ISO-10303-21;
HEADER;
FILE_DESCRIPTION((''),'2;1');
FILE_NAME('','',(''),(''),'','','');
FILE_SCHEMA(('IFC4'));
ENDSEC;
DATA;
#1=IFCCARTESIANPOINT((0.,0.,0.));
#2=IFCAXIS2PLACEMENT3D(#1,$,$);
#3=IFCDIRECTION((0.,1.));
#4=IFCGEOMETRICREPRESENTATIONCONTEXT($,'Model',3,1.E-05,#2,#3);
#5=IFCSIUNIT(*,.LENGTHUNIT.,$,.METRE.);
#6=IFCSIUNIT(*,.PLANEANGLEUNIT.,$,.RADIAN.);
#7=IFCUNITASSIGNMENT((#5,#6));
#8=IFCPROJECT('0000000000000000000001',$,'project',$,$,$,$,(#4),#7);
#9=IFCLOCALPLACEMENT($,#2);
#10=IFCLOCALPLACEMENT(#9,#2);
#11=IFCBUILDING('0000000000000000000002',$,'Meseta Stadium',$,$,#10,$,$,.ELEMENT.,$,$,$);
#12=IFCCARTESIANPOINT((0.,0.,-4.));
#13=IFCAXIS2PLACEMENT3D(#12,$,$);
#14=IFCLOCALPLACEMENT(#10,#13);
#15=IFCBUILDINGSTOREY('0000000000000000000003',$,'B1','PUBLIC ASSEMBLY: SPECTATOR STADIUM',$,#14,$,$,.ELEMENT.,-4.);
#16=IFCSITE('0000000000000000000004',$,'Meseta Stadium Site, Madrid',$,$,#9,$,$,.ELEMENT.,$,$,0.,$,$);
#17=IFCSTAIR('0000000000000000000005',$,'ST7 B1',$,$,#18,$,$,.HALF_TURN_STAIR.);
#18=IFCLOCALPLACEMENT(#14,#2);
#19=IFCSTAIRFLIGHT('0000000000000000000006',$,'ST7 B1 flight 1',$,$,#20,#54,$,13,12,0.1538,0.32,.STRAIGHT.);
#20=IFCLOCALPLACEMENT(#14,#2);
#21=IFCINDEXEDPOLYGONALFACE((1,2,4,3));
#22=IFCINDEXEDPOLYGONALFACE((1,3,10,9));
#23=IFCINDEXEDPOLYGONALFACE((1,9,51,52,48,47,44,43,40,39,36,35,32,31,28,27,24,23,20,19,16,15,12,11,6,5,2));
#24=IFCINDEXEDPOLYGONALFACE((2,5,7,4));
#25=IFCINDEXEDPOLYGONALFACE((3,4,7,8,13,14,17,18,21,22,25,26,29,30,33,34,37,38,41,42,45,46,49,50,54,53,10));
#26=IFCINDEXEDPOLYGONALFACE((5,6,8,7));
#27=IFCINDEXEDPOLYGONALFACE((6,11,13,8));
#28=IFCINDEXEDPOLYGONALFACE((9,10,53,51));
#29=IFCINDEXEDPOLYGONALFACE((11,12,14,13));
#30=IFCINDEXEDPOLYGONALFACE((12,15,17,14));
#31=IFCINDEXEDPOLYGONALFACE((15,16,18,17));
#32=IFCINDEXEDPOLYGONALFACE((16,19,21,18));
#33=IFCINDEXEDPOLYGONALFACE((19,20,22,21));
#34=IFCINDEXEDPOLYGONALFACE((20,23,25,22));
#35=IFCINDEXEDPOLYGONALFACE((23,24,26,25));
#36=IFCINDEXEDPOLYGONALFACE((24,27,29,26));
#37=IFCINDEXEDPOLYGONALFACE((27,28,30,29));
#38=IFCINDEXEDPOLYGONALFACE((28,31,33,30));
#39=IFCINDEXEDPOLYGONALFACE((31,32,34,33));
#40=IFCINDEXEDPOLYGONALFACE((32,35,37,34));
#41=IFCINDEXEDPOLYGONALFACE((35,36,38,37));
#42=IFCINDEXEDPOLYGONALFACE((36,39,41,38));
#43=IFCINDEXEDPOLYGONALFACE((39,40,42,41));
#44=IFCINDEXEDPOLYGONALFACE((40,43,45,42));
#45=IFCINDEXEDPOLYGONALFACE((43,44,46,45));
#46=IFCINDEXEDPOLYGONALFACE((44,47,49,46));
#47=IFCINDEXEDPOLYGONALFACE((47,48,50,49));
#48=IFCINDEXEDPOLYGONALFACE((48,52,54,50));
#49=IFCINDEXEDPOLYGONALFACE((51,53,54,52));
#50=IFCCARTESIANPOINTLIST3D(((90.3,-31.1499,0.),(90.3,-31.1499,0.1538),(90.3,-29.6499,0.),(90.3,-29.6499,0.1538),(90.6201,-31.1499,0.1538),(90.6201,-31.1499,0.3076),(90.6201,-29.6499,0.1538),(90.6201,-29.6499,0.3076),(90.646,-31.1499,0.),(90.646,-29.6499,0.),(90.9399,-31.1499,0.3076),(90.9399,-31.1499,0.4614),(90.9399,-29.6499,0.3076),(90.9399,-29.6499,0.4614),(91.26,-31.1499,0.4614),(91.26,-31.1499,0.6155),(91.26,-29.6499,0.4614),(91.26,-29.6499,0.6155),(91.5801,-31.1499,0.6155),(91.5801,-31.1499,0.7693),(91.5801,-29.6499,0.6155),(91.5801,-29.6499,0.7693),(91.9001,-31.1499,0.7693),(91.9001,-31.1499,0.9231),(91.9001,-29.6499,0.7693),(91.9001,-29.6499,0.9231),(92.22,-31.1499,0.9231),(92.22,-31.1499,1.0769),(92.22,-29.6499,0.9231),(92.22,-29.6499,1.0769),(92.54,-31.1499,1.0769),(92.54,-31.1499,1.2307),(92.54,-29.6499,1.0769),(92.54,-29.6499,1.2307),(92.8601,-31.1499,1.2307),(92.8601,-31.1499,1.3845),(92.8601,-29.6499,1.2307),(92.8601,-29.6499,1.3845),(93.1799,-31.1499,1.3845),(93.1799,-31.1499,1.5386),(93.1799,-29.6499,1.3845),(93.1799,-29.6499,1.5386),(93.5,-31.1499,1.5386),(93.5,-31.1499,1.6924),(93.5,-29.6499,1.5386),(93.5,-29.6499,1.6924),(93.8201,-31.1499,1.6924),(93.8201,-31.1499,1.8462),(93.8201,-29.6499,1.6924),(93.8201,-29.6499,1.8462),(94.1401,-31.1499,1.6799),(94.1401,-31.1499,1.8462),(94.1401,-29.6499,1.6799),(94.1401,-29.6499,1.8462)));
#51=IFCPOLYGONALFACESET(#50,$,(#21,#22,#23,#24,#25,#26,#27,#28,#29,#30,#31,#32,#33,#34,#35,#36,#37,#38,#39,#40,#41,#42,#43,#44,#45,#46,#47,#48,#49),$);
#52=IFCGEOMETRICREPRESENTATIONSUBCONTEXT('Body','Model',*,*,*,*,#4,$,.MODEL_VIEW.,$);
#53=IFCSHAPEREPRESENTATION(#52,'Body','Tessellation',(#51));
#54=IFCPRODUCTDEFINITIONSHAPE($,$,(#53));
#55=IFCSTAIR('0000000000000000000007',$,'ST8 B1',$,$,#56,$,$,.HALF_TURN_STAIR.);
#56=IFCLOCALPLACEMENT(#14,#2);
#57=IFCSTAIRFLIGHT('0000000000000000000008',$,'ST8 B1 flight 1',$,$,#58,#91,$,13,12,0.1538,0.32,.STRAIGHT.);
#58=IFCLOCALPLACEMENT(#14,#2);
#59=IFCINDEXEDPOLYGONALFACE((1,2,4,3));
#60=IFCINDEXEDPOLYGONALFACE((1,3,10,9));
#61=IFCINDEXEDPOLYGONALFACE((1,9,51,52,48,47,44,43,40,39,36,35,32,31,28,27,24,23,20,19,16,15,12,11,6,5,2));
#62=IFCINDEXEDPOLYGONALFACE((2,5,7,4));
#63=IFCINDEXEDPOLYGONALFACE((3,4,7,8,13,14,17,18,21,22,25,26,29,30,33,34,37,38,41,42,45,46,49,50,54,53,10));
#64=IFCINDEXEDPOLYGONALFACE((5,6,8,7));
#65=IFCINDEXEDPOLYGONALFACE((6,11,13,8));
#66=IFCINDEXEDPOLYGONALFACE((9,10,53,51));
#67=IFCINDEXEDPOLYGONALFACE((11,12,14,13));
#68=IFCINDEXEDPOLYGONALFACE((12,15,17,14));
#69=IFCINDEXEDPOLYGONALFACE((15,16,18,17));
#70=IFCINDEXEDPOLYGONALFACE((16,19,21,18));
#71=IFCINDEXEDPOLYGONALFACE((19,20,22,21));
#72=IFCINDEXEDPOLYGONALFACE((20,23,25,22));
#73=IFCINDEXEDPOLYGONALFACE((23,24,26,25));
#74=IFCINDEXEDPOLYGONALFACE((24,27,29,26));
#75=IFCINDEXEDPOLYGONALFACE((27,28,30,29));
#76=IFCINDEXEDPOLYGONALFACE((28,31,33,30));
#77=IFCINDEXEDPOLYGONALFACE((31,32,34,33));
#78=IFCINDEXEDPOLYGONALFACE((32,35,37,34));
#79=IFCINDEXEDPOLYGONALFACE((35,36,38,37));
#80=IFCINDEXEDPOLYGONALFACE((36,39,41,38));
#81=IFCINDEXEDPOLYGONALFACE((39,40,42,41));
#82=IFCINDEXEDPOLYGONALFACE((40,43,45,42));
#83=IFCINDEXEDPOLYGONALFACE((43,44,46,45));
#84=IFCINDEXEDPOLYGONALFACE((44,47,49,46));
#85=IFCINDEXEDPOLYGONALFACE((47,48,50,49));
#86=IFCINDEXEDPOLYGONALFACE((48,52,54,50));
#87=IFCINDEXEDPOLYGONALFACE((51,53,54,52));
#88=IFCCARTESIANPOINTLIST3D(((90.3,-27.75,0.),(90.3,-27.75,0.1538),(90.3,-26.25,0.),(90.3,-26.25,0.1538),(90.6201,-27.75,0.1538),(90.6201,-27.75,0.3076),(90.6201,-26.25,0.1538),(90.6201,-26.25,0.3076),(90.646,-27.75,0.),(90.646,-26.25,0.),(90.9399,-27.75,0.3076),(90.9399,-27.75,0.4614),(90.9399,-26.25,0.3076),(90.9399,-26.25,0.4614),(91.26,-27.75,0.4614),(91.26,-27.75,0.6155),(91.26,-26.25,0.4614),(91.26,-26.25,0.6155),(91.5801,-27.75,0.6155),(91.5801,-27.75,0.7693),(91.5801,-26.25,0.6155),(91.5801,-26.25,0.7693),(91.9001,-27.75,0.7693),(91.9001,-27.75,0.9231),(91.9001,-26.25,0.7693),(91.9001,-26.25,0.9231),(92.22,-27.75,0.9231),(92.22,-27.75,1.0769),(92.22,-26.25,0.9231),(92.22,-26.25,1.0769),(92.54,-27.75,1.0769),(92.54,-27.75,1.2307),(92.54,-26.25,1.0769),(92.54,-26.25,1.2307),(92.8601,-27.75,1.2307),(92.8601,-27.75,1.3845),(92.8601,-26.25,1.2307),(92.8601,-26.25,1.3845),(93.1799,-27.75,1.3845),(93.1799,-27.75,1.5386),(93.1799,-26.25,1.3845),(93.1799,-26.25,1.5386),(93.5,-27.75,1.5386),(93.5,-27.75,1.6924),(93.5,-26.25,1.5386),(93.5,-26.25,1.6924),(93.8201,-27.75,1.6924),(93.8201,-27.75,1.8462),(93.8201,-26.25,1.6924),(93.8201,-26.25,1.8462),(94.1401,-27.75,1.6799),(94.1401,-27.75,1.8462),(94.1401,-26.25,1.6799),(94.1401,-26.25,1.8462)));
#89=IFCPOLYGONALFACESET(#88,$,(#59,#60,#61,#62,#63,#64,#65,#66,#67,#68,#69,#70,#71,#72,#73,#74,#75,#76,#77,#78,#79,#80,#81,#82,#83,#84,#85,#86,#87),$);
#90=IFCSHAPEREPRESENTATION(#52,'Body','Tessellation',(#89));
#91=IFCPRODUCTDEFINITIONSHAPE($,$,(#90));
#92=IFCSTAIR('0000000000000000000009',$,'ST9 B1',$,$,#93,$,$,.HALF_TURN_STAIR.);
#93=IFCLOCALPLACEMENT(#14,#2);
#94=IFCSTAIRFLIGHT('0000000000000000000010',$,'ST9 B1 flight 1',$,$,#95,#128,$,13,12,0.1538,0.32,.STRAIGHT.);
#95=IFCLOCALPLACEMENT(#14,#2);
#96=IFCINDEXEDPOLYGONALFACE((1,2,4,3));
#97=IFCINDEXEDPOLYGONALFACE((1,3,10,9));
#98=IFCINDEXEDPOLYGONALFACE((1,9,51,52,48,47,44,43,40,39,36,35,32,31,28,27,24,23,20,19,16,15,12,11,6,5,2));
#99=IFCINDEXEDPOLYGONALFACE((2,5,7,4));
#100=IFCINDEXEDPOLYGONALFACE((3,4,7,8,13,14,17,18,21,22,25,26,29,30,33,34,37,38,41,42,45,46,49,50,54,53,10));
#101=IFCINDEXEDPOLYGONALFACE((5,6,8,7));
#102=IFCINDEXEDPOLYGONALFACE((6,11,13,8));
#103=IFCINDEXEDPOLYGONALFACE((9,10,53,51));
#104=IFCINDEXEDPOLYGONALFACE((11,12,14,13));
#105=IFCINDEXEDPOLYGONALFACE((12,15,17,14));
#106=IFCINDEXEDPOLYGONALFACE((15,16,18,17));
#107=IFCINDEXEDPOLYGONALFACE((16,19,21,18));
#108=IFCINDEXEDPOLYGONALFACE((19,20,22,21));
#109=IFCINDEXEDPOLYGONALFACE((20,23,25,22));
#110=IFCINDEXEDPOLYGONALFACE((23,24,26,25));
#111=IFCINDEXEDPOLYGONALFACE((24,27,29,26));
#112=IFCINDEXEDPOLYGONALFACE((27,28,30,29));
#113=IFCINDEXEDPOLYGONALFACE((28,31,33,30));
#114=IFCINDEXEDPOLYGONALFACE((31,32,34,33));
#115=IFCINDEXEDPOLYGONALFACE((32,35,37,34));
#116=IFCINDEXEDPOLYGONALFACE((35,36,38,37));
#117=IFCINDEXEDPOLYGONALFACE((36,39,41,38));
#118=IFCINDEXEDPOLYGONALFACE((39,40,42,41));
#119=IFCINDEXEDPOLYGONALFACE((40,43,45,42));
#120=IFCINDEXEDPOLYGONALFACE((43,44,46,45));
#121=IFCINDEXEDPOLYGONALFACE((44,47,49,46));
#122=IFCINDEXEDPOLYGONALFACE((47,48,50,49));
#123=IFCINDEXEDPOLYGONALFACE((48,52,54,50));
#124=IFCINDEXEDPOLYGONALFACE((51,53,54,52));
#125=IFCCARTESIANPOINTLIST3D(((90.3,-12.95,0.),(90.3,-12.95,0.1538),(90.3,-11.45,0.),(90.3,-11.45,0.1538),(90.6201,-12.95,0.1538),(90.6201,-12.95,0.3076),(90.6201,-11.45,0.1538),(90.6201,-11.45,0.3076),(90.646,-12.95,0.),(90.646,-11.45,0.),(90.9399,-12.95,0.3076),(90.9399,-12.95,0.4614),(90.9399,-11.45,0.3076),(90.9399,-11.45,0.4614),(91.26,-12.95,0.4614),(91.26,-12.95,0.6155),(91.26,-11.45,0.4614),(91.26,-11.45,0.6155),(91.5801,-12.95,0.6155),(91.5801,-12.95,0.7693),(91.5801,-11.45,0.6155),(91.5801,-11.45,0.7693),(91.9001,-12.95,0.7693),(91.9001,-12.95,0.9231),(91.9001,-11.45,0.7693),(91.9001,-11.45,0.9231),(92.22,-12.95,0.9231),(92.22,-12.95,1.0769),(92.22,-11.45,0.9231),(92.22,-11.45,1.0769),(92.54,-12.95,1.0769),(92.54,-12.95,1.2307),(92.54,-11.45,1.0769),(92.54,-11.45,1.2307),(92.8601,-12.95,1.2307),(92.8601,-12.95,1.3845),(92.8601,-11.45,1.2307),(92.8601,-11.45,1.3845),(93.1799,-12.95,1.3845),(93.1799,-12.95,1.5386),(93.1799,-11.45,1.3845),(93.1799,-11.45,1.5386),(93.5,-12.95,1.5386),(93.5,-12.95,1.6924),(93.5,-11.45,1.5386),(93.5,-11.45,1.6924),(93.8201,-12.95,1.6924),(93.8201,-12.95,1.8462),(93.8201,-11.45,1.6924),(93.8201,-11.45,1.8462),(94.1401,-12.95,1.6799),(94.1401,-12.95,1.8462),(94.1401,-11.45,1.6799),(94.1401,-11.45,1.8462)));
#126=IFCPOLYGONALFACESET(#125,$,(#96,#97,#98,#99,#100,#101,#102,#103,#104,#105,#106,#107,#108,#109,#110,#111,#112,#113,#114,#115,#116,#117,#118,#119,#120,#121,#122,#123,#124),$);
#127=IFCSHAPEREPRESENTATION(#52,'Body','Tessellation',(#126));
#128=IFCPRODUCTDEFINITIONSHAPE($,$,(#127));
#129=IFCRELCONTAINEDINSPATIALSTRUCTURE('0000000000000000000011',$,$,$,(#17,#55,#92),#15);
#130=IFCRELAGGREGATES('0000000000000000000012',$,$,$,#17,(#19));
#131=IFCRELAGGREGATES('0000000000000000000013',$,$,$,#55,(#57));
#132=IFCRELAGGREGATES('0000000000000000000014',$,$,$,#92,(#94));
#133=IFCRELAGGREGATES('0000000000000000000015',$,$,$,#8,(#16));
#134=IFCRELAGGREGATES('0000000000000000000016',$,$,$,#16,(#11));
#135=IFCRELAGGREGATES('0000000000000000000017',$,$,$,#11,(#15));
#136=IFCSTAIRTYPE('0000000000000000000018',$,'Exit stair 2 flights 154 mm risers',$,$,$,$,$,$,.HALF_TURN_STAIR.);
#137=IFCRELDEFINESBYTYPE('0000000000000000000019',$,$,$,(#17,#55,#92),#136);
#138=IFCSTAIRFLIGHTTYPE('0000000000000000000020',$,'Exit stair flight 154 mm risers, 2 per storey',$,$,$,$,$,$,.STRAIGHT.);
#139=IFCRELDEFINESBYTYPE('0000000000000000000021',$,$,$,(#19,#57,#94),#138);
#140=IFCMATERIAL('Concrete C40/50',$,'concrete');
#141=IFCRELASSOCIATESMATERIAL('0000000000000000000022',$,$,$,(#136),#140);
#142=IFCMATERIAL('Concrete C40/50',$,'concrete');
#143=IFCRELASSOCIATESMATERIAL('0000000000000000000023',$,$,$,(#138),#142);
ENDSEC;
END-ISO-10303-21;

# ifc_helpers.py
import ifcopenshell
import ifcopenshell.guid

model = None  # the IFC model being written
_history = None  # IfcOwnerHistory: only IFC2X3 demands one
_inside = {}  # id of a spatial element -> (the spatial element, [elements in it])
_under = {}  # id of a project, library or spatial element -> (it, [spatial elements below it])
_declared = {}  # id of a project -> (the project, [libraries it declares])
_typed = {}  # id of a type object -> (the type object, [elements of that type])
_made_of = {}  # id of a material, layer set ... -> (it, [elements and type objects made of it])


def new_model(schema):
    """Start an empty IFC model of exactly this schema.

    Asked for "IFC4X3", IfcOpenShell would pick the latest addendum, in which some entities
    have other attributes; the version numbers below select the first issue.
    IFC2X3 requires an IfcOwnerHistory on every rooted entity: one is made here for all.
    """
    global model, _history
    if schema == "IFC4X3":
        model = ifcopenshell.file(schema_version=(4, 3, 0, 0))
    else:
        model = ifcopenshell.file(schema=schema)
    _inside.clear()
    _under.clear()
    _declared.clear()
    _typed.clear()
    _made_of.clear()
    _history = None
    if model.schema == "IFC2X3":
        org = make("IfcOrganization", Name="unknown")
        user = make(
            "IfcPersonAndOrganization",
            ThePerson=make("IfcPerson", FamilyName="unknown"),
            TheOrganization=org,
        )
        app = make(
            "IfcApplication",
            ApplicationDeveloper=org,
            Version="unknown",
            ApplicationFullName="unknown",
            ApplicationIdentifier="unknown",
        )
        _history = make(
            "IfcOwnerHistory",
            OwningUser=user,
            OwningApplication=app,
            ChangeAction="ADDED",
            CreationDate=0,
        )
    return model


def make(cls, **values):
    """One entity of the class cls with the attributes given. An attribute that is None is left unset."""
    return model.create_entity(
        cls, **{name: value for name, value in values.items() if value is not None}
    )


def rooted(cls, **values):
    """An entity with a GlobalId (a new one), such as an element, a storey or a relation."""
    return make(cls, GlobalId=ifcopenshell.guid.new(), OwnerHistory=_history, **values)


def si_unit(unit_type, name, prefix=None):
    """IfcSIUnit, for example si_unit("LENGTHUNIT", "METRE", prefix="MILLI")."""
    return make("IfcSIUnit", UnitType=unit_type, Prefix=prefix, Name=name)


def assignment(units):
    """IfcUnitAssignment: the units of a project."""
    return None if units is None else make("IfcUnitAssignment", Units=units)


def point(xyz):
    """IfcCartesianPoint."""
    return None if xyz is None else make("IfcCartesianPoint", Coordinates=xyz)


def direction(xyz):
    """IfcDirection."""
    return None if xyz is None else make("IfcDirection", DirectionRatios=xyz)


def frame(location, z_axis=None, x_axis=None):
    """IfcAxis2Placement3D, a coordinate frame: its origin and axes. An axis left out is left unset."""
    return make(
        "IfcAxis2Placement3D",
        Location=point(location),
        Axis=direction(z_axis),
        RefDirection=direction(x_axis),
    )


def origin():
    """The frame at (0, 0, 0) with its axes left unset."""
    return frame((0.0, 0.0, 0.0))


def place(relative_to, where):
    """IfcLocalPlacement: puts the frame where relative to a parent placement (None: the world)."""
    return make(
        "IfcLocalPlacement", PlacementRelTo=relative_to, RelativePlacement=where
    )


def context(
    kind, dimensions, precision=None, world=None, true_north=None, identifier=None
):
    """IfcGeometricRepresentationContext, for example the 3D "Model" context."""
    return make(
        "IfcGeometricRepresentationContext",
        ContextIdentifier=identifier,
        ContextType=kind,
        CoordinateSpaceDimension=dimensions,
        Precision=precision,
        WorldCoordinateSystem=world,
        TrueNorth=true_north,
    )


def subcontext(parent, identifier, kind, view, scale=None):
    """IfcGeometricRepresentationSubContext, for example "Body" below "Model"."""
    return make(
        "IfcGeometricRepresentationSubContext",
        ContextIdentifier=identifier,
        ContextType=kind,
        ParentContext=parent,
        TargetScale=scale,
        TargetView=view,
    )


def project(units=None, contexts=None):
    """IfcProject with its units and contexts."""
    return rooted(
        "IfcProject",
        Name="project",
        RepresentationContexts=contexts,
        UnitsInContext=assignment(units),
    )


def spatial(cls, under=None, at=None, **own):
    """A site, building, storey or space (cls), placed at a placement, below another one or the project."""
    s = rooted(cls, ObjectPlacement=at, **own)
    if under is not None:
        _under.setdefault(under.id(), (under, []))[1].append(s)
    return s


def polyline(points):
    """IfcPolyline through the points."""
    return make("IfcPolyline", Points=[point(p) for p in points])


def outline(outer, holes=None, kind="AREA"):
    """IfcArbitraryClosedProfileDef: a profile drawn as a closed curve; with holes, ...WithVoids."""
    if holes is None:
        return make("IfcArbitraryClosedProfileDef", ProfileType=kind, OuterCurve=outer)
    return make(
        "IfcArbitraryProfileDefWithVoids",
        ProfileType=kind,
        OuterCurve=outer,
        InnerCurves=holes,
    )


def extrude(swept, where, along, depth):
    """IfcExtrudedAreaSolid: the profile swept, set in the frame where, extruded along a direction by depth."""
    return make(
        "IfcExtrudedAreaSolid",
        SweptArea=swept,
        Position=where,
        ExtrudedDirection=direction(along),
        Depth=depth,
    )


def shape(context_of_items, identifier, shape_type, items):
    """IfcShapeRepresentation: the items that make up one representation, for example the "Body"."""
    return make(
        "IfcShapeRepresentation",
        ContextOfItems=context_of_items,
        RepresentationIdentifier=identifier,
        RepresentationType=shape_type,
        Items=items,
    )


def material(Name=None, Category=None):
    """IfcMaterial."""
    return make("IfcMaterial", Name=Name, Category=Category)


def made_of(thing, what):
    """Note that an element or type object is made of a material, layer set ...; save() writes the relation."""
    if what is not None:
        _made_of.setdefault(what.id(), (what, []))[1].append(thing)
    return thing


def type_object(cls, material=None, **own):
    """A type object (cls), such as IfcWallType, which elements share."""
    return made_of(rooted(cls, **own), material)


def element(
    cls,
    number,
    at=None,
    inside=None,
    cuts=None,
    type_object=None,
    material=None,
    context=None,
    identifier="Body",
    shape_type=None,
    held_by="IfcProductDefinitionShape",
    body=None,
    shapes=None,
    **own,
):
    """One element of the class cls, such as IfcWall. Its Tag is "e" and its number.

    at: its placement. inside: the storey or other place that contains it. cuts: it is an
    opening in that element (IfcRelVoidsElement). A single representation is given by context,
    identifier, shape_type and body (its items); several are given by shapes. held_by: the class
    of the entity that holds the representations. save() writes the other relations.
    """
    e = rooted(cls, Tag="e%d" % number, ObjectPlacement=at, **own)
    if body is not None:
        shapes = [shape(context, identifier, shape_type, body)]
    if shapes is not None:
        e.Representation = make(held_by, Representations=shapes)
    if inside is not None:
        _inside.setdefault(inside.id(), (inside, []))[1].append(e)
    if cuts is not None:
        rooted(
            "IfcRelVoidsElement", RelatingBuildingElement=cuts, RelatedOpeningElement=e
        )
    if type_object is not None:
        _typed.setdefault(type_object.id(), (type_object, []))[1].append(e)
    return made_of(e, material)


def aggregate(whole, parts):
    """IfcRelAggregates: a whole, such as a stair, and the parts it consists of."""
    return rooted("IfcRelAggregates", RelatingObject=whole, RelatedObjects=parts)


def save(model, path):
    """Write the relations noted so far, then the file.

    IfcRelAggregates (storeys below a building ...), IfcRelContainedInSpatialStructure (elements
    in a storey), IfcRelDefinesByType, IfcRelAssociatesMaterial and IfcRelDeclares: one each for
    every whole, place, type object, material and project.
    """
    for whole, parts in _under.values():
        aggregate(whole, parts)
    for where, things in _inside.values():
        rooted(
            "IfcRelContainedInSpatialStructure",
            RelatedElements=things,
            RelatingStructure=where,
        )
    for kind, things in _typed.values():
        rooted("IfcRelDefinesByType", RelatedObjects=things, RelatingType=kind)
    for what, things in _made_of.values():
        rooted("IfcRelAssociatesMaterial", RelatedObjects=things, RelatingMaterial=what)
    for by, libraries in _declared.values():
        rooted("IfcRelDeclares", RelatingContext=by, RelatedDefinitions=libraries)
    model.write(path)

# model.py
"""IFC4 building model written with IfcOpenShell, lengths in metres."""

from ifc_helpers import new_model, si_unit, direction, frame, origin, place, context, subcontext, project, spatial, polyline, outline, extrude, material, type_object, element, aggregate, save


model = new_model("IFC4")

# Units and contexts
model_context = context("Model", 3, precision=1e-05, world=origin(), true_north=direction((0.0, 1.0)))
body_context = subcontext(model_context, "Body", "Model", "MODEL_VIEW")
ifc_project = project(units=[si_unit("LENGTHUNIT", "METRE"), si_unit("PLANEANGLEUNIT", "RADIAN")], contexts=[model_context])

# Site, building, storey
site_placement = place(None, origin())
site = spatial("IfcSite", under=ifc_project, at=site_placement, Name="Meseta Stadium Site, Madrid", CompositionType="ELEMENT", RefElevation=0.0)
building_placement = place(site_placement, origin())
building = spatial("IfcBuilding", under=site, at=building_placement, Name="Meseta Stadium", CompositionType="ELEMENT")
storey_placement = place(building_placement, frame((0.0, 0.0, -4.0)))
storey = spatial("IfcBuildingStorey", under=building, at=storey_placement, Name="B1", Description="PUBLIC ASSEMBLY: SPECTATOR STADIUM", CompositionType="ELEMENT", Elevation=-4.0)

# Stairs, stair flights
ifc_material_1 = material(Name="Concrete C40/50", Category="concrete")
stair_type = type_object("IfcStairType", Name="Exit stair 2 flights 154 mm risers", PredefinedType="HALF_TURN_STAIR", material=ifc_material_1)
stair_1_placement = place(storey_placement, origin())
stair_1 = element("IfcStair", 1, at=stair_1_placement, inside=storey, type_object=stair_type, Name="ST7 B1", PredefinedType="HALF_TURN_STAIR")
ifc_material_2 = material(Name="Concrete C40/50", Category="concrete")
stair_flight_type = type_object("IfcStairFlightType", Name="Exit stair flight 154 mm risers, 2 per storey", PredefinedType="STRAIGHT", material=ifc_material_2)
stair_flight_1_placement = place(storey_placement, frame((90.3, -30.3999, 0.0), z_axis=(0.0, 0.0, 1.0), x_axis=(1.0, 0.0, 0.0)))
stair_flight_1 = element("IfcStairFlight", 2, at=stair_flight_1_placement, type_object=stair_flight_type, Name="ST7 B1 flight 1", NumberOfRisers=13, NumberOfTreads=12, PredefinedType="STRAIGHT", RiserHeight=0.1538, TreadLength=0.32, context=body_context, shape_type="SweptSolid", body=[
    extrude(outline(polyline([(0.0, 0.0), (0.0, 0.1538), (0.3201, 0.1538), (0.3201, 0.3076), (0.6399, 0.3076), (0.6399, 0.4614), (0.96, 0.4614), (0.96, 0.6155), (1.28, 0.6155), (1.28, 0.7693), (1.6001, 0.7693), (1.6001, 0.9231), (1.9199, 0.9231), (1.9199, 1.0769), (2.24, 1.0769), (2.24, 1.2307), (2.5601, 1.2307), (2.5601, 1.3845), (2.8799, 1.3845), (2.8799, 1.5386), (3.2, 1.5386), (3.2, 1.6924), (3.52, 1.6924), (3.52, 1.8462), (3.8401, 1.8462), (3.8401, 1.6799), (0.3459, 0.0), (0.0, 0.0)])), frame((0.0, 0.75, 0.0), z_axis=(0.0, -1.0, 0.0), x_axis=(1.0, 0.0, 0.0)), (0.0, 0.0, 1.0), 1.5),
])
aggregate(stair_1, [stair_flight_1])
stair_2_placement = place(storey_placement, origin())
stair_2 = element("IfcStair", 3, at=stair_2_placement, inside=storey, type_object=stair_type, Name="ST8 B1", PredefinedType="HALF_TURN_STAIR")
stair_flight_2_placement = place(storey_placement, frame((90.3, -27.0, 0.0), z_axis=(0.0, 0.0, 1.0), x_axis=(1.0, 0.0, 0.0)))
stair_flight_2 = element("IfcStairFlight", 4, at=stair_flight_2_placement, type_object=stair_flight_type, Name="ST8 B1 flight 1", NumberOfRisers=13, NumberOfTreads=12, PredefinedType="STRAIGHT", RiserHeight=0.1538, TreadLength=0.32, context=body_context, shape_type="SweptSolid", body=[
    extrude(outline(polyline([(0.0, 0.0), (0.0, 0.1538), (0.3201, 0.1538), (0.3201, 0.3076), (0.6399, 0.3076), (0.6399, 0.4614), (0.96, 0.4614), (0.96, 0.6155), (1.28, 0.6155), (1.28, 0.7693), (1.6001, 0.7693), (1.6001, 0.9231), (1.9199, 0.9231), (1.9199, 1.0769), (2.24, 1.0769), (2.24, 1.2307), (2.5601, 1.2307), (2.5601, 1.3845), (2.8799, 1.3845), (2.8799, 1.5386), (3.2, 1.5386), (3.2, 1.6924), (3.52, 1.6924), (3.52, 1.8462), (3.8401, 1.8462), (3.8401, 1.6799), (0.3459, 0.0), (0.0, 0.0)])), frame((0.0, 0.75, 0.0), z_axis=(0.0, -1.0, 0.0), x_axis=(1.0, 0.0, 0.0)), (0.0, 0.0, 1.0), 1.5),
])
aggregate(stair_2, [stair_flight_2])
stair_3_placement = place(storey_placement, origin())
stair_3 = element("IfcStair", 5, at=stair_3_placement, inside=storey, type_object=stair_type, Name="ST9 B1", PredefinedType="HALF_TURN_STAIR")
stair_flight_3_placement = place(storey_placement, frame((90.3, -12.2, 0.0), z_axis=(0.0, 0.0, 1.0), x_axis=(1.0, 0.0, 0.0)))
stair_flight_3 = element("IfcStairFlight", 6, at=stair_flight_3_placement, type_object=stair_flight_type, Name="ST9 B1 flight 1", NumberOfRisers=13, NumberOfTreads=12, PredefinedType="STRAIGHT", RiserHeight=0.1538, TreadLength=0.32, context=body_context, shape_type="SweptSolid", body=[
    extrude(outline(polyline([(0.0, 0.0), (0.0, 0.1538), (0.3201, 0.1538), (0.3201, 0.3076), (0.6399, 0.3076), (0.6399, 0.4614), (0.96, 0.4614), (0.96, 0.6155), (1.28, 0.6155), (1.28, 0.7693), (1.6001, 0.7693), (1.6001, 0.9231), (1.9199, 0.9231), (1.9199, 1.0769), (2.24, 1.0769), (2.24, 1.2307), (2.5601, 1.2307), (2.5601, 1.3845), (2.8799, 1.3845), (2.8799, 1.5386), (3.2, 1.5386), (3.2, 1.6924), (3.52, 1.6924), (3.52, 1.8462), (3.8401, 1.8462), (3.8401, 1.6799), (0.3459, 0.0), (0.0, 0.0)])), frame((0.0, 0.75, 0.0), z_axis=(0.0, -1.0, 0.0), x_axis=(1.0, 0.0, 0.0)), (0.0, 0.0, 1.0), 1.5),
])
aggregate(stair_3, [stair_flight_3])

save(model, "model.ifc")
